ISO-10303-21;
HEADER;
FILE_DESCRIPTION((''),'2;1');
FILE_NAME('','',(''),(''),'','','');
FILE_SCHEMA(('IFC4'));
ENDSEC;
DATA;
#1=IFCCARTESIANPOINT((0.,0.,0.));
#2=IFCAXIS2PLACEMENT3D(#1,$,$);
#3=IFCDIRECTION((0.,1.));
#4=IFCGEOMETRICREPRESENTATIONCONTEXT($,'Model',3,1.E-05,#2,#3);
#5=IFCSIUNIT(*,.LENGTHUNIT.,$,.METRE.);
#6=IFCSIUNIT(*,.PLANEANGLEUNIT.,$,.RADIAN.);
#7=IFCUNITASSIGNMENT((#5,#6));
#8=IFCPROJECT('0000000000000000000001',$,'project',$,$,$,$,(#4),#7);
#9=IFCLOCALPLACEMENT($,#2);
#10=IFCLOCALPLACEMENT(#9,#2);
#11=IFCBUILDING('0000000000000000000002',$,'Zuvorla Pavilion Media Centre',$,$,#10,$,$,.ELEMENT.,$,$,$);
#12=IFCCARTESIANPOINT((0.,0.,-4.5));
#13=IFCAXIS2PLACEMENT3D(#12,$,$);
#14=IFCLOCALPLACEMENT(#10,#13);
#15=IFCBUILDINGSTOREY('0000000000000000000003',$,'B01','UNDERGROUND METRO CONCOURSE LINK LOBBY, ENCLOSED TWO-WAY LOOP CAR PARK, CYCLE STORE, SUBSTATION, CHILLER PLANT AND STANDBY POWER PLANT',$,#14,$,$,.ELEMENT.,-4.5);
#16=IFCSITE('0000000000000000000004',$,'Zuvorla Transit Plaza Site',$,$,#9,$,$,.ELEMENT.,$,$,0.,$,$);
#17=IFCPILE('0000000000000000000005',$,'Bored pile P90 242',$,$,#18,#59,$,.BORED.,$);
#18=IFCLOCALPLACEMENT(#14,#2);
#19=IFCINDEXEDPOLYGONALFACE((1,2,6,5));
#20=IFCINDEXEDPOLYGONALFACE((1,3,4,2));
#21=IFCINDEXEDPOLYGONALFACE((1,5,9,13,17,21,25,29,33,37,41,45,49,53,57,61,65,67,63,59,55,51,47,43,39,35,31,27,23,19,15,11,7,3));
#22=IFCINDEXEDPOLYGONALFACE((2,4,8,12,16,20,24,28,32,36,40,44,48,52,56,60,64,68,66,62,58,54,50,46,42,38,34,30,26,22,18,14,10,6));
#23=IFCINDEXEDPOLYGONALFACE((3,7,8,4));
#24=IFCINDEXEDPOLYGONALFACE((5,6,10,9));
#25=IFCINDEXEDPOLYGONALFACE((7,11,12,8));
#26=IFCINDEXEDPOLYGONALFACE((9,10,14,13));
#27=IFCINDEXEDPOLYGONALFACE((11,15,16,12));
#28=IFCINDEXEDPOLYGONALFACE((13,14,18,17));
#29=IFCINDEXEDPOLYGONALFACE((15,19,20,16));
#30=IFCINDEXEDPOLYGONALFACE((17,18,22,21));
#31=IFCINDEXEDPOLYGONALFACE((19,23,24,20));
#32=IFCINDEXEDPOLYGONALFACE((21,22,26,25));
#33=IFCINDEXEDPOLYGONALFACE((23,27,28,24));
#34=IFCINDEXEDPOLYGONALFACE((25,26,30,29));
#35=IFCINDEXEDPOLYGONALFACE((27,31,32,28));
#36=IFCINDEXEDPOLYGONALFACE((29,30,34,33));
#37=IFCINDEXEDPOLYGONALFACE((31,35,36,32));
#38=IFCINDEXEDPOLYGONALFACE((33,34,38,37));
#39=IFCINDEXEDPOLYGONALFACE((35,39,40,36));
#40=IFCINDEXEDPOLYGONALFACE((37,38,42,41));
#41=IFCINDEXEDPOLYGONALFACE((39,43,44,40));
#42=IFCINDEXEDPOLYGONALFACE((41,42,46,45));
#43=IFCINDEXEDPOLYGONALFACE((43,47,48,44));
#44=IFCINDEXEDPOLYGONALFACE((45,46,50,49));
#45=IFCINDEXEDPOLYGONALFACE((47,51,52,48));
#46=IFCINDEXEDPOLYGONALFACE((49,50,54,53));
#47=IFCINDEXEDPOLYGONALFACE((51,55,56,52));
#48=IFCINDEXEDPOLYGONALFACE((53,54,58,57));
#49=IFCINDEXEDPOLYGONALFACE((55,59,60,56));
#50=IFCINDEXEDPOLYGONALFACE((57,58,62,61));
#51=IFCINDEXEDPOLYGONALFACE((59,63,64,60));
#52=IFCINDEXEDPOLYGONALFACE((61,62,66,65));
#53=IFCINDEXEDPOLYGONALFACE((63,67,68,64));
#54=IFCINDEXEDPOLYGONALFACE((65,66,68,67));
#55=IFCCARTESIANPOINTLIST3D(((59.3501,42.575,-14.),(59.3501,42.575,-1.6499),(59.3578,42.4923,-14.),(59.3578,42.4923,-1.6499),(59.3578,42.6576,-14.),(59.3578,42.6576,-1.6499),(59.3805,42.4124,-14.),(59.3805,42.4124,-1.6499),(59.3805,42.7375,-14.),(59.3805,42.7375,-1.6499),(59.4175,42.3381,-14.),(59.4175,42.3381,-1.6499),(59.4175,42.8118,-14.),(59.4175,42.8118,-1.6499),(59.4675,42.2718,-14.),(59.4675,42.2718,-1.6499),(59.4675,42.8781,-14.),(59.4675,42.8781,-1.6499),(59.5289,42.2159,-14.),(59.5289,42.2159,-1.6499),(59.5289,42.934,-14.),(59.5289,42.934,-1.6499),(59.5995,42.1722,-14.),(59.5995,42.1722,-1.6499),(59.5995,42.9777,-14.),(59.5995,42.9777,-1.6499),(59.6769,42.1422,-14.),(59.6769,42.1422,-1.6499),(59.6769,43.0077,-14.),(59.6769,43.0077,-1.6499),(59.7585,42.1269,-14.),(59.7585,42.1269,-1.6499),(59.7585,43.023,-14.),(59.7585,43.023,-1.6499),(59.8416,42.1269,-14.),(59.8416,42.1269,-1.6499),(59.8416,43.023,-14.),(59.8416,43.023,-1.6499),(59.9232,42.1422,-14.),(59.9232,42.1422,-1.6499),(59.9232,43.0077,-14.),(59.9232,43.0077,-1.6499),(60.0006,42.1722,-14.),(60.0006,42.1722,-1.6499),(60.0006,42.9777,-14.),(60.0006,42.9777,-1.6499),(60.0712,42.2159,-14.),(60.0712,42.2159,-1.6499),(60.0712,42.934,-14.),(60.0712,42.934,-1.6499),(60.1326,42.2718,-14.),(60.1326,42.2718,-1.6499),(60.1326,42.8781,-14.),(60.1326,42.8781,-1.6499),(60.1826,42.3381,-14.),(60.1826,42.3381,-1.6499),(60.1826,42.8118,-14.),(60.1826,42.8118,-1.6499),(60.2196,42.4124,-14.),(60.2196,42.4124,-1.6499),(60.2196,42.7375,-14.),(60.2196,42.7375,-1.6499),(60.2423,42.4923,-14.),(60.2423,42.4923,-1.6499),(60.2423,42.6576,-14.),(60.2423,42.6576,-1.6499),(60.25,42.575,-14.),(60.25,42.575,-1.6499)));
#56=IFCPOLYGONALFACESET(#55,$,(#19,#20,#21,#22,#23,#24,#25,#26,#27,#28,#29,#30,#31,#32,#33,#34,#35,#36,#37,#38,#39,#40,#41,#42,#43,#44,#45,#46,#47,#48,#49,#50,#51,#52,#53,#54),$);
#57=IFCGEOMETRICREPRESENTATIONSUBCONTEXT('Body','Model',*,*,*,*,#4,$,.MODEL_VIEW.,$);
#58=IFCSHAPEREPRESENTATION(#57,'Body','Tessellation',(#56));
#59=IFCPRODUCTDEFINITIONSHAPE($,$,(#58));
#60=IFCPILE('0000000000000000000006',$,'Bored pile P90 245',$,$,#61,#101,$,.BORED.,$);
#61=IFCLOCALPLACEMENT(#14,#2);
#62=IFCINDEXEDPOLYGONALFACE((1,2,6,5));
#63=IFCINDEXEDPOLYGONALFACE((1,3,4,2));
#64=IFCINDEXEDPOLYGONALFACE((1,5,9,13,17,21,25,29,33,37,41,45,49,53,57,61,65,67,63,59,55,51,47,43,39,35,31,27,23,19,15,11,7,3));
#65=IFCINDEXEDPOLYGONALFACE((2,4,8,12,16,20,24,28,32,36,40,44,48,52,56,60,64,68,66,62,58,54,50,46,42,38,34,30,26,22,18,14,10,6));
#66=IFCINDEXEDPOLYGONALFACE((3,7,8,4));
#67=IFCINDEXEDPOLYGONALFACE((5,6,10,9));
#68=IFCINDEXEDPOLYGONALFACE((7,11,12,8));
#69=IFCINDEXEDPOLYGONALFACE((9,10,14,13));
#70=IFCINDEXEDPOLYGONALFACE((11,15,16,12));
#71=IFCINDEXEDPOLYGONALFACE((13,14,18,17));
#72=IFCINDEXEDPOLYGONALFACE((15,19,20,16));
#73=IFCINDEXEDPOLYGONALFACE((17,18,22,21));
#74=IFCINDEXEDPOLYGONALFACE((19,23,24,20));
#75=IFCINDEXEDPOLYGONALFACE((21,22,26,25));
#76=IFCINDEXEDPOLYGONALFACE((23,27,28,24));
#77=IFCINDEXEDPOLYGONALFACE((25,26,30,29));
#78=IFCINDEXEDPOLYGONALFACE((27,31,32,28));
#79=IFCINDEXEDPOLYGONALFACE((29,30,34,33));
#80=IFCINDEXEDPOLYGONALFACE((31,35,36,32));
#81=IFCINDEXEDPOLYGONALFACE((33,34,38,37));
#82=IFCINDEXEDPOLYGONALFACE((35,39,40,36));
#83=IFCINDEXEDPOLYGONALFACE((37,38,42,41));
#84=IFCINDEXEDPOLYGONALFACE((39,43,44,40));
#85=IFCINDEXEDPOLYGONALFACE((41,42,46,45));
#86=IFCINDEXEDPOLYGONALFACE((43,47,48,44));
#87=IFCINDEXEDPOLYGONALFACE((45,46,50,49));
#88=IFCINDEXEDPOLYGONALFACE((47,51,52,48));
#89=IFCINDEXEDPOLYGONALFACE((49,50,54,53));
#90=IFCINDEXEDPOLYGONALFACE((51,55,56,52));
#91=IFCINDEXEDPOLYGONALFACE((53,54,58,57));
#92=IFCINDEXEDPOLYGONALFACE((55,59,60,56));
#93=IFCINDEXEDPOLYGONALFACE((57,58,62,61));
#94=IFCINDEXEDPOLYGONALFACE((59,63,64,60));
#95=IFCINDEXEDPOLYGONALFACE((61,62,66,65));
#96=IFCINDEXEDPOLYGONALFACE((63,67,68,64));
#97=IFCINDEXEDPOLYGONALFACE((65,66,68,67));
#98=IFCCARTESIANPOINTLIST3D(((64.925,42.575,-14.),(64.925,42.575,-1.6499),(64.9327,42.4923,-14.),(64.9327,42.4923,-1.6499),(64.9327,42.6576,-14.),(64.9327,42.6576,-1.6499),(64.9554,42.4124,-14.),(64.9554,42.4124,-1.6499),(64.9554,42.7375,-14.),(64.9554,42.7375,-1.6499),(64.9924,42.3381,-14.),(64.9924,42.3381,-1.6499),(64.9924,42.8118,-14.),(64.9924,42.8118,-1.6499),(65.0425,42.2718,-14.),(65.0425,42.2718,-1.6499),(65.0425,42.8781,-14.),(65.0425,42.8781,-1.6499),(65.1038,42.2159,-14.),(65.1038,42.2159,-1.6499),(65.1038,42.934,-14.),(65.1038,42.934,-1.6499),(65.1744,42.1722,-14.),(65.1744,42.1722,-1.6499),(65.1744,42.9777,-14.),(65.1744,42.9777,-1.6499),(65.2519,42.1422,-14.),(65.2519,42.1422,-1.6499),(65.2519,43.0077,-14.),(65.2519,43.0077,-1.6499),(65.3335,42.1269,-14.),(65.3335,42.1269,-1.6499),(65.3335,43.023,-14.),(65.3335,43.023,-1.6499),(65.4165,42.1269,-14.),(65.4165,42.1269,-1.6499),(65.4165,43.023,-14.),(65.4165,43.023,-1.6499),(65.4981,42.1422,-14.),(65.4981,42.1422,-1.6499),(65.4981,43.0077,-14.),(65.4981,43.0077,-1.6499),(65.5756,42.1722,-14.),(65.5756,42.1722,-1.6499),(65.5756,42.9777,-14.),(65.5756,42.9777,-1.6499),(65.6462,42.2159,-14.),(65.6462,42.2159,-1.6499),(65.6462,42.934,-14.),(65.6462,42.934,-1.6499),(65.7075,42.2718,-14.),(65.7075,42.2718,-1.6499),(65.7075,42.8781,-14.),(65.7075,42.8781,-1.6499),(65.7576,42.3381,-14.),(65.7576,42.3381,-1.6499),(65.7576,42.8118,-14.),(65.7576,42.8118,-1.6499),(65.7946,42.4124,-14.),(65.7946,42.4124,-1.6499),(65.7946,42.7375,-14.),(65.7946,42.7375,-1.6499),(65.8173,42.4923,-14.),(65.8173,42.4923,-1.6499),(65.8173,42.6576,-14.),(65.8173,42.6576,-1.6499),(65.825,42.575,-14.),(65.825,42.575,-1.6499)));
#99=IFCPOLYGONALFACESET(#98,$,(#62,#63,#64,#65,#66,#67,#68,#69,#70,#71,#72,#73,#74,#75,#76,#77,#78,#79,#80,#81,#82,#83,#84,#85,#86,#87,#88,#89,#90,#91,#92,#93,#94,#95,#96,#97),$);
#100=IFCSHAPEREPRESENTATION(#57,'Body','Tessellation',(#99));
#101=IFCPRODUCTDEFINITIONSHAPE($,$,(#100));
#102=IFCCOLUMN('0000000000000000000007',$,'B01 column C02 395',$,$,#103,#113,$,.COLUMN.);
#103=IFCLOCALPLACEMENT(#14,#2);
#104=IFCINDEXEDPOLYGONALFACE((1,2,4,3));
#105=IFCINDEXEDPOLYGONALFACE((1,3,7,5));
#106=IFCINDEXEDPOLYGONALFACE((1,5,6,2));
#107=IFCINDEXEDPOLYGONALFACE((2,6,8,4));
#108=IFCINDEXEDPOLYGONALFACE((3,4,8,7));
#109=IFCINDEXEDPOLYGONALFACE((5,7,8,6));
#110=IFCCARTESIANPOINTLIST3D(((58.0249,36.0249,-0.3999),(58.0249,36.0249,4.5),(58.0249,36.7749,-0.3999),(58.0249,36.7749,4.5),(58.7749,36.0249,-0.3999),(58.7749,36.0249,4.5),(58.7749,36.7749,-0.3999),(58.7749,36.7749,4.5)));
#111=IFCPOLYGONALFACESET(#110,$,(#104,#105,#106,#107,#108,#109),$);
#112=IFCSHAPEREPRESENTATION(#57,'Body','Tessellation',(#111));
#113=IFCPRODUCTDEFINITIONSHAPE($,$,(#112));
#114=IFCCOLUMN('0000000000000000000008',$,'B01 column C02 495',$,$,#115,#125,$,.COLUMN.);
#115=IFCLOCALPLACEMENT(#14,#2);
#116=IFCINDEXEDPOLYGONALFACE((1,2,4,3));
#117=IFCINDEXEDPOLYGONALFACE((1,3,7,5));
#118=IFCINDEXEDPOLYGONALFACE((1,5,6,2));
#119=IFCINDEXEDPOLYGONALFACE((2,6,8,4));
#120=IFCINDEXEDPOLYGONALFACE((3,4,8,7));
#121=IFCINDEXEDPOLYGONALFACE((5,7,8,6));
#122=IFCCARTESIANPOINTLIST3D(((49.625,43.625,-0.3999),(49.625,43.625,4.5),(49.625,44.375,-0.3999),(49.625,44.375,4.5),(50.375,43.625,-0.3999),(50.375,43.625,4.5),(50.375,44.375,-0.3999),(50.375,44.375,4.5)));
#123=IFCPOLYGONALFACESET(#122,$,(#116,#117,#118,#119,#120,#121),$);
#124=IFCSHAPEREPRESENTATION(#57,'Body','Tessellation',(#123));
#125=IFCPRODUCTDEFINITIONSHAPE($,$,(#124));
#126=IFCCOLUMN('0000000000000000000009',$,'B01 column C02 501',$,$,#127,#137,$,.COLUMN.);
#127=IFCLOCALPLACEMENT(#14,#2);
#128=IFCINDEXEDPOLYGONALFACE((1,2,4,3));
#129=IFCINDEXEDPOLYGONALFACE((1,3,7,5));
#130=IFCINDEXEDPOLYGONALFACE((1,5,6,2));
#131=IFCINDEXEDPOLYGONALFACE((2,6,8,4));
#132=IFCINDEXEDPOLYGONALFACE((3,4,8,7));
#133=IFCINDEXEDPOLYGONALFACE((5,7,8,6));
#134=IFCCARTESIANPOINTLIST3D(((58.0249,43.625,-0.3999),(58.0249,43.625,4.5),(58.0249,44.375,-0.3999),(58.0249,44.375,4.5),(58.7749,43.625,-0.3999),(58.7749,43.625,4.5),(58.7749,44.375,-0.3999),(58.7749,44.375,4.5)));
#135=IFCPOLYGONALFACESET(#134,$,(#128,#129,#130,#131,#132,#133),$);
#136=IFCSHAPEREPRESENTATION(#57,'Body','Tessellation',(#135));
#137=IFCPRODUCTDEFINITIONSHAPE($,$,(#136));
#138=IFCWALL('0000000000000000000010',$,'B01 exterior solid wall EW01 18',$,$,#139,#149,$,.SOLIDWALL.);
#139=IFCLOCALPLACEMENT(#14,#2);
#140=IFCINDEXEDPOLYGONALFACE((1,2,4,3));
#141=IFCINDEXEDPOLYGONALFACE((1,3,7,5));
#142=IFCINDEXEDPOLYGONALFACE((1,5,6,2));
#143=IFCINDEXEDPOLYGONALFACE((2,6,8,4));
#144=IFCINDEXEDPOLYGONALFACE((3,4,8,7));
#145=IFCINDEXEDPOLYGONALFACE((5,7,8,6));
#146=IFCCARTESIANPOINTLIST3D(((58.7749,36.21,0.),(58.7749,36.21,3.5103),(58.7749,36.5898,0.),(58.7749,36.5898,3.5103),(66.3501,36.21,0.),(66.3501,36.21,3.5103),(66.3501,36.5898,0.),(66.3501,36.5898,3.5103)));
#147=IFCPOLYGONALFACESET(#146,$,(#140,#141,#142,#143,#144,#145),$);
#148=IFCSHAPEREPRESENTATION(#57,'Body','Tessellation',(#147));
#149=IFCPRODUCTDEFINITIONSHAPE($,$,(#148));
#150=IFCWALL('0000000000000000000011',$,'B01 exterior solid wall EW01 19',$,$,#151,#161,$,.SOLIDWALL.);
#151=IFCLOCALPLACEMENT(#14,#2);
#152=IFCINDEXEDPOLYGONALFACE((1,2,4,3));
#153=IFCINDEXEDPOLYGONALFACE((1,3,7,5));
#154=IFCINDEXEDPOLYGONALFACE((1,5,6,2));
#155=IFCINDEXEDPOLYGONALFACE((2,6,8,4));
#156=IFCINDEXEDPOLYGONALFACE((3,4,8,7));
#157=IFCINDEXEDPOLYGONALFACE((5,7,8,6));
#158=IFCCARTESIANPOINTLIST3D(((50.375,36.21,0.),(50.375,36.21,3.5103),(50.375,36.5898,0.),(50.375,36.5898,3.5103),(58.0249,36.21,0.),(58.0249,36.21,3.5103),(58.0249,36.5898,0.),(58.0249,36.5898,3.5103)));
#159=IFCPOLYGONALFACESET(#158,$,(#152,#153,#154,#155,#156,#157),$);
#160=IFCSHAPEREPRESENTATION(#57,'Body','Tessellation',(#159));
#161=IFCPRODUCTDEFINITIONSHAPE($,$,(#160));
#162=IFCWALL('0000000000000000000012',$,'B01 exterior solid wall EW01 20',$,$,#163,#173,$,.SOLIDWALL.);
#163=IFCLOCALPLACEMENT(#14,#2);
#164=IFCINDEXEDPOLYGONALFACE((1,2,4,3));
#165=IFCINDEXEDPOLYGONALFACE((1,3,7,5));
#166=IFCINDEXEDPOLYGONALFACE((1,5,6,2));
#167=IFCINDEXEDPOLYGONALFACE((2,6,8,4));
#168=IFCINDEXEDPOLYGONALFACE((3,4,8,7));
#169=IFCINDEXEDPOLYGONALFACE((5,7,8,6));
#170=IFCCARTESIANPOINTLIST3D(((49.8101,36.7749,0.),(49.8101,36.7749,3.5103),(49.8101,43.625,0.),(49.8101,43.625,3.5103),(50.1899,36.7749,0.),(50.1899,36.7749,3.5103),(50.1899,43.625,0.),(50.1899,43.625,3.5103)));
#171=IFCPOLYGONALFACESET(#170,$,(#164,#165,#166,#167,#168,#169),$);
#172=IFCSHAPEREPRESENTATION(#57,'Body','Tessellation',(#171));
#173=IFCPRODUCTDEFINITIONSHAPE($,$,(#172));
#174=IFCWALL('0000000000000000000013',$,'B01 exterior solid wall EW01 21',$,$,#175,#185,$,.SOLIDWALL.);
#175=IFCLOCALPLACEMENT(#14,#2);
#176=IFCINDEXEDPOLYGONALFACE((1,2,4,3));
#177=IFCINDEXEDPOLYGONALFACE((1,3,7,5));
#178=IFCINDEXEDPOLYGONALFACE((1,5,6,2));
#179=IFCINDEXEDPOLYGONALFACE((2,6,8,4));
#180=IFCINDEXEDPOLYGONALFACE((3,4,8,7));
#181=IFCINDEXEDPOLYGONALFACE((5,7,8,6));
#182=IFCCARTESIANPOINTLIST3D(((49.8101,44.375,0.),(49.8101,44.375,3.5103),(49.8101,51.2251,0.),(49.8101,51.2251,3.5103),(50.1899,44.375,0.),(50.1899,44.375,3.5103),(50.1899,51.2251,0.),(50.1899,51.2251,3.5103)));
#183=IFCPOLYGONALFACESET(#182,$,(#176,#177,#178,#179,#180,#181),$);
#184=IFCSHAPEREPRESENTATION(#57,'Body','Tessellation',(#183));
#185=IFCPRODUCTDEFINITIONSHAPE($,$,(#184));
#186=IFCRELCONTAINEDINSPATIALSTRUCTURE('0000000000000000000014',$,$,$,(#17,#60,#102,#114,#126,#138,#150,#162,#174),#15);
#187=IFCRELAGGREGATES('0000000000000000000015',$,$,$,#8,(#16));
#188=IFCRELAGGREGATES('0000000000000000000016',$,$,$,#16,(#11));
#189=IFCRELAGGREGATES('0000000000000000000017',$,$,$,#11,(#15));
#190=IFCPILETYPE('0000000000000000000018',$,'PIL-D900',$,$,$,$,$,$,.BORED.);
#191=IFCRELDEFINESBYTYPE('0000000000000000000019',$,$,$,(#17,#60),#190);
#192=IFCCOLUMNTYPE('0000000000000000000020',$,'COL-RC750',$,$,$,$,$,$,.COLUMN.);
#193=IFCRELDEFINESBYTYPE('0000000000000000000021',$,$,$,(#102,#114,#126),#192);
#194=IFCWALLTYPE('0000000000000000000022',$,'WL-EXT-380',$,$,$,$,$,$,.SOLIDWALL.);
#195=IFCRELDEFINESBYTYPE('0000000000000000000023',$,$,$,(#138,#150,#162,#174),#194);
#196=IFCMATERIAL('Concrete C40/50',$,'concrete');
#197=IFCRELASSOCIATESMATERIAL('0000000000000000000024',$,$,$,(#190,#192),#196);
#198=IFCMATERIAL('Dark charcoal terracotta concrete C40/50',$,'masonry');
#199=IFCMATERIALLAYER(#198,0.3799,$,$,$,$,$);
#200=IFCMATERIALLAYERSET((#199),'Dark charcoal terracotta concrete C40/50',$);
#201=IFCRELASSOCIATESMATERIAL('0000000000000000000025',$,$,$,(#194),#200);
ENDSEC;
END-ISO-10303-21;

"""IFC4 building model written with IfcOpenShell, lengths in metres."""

from ifc_helpers import new_model, si_unit, direction, frame, frame_2d, origin, origin_2d, place, context, subcontext, project, spatial, rectangle, circle, extrude, material, layer, layer_set, material_profile, profile_set, type_object, element, save


model = new_model("IFC4")

# Units and contexts
model_context = context("Model", 3, precision=1e-05, world=origin(), true_north=direction((0.0, 1.0)))
body_context = subcontext(model_context, "Body", "Model", "MODEL_VIEW")
ifc_project = project(units=[si_unit("LENGTHUNIT", "METRE"), si_unit("PLANEANGLEUNIT", "RADIAN")], contexts=[model_context])

# Site, building, storey
site_placement = place(None, origin())
site = spatial("IfcSite", under=ifc_project, at=site_placement, Name="Zuvorla Transit Plaza Site", CompositionType="ELEMENT", RefElevation=0.0)
building_placement = place(site_placement, origin())
building = spatial("IfcBuilding", under=site, at=building_placement, Name="Zuvorla Pavilion Media Centre", CompositionType="ELEMENT")
storey_placement = place(building_placement, frame((0.0, 0.0, -4.5)))
storey = spatial("IfcBuildingStorey", under=building, at=storey_placement, Name="B01", Description="UNDERGROUND METRO CONCOURSE LINK LOBBY, ENCLOSED TWO-WAY LOOP CAR PARK, CYCLE STORE, SUBSTATION, CHILLER PLANT AND STANDBY POWER PLANT", CompositionType="ELEMENT", Elevation=-4.5)

# Shared definitions
ifc_material_1 = material(Name="Concrete C40/50", Category="concrete")

# Piles
ifc_material_profile_1 = material_profile(ifc_material_1, circle(Radius=0.45, at=origin_2d()), Name="BORED PILE 900")
ifc_profile_set_1 = profile_set([ifc_material_profile_1], Name="Concrete C40/50")
pile_type = type_object("IfcPileType", Name="PIL-D900", PredefinedType="BORED", material=ifc_profile_set_1)
for number, where, z_axis, x_axis, name in (
    (1, (59.8, 42.575, -1.6499), (0.0, 0.0, -1.0), (1.0, 0.0, 0.0), "Bored pile P90 242"),
    (2, (65.375, 42.575, -1.6499), (0.0, 0.0, -1.0), (1.0, 0.0, 0.0), "Bored pile P90 245"),
):
    element("IfcPile", number, at=place(storey_placement, frame(where, z_axis=z_axis, x_axis=x_axis)), inside=storey, type_object=pile_type, Name=name, PredefinedType="BORED", context=body_context, shape_type="SweptSolid", body=[
        extrude(circle(Radius=0.45, at=origin_2d()), origin(), (0.0, 0.0, 1.0), 12.3501),
    ])

# Columns
ifc_material_profile_2 = material_profile(ifc_material_1, rectangle(XDim=0.75, YDim=0.75, at=origin_2d()), Name="RC 750x750")
ifc_profile_set_2 = profile_set([ifc_material_profile_2], Name="Concrete C40/50")
column_type = type_object("IfcColumnType", Name="COL-RC750", PredefinedType="COLUMN", material=ifc_profile_set_2)
for number, where, z_axis, x_axis, name in (
    (3, (58.3999, 36.3999, -0.3999), (0.0, 0.0, 1.0), (1.0, 0.0, 0.0), "B01 column C02 395"),
    (4, (50.0, 44.0, -0.3999), (0.0, 0.0, 1.0), (1.0, 0.0, 0.0), "B01 column C02 495"),
    (5, (58.3999, 44.0, -0.3999), (0.0, 0.0, 1.0), (1.0, 0.0, 0.0), "B01 column C02 501"),
):
    element("IfcColumn", number, at=place(storey_placement, frame(where, z_axis=z_axis, x_axis=x_axis)), inside=storey, type_object=column_type, Name=name, PredefinedType="COLUMN", context=body_context, shape_type="SweptSolid", body=[
        extrude(rectangle(XDim=0.75, YDim=0.75, at=origin_2d()), origin(), (0.0, 0.0, 1.0), 4.8999),
    ])

# Walls
ifc_material_2 = material(Name="Dark charcoal terracotta concrete C40/50", Category="masonry")
ifc_layer = layer(ifc_material_2, 0.3799)
ifc_layer_set = layer_set([ifc_layer], Name="Dark charcoal terracotta concrete C40/50")
wall_type = type_object("IfcWallType", Name="WL-EXT-380", PredefinedType="SOLIDWALL", material=ifc_layer_set)
wall_1_placement = place(storey_placement, frame((66.3501, 36.3999, 0.0), z_axis=(0.0, 0.0, 1.0), x_axis=(-1.0, 0.0, 0.0)))
element("IfcWall", 6, at=wall_1_placement, inside=storey, type_object=wall_type, Name="B01 exterior solid wall EW01 18", PredefinedType="SOLIDWALL", context=body_context, shape_type="SweptSolid", body=[
    extrude(rectangle(XDim=7.5752, YDim=0.3799, at=frame_2d((3.7876, 0.0))), origin(), (0.0, 0.0, 1.0), 3.5103),
])
wall_2_placement = place(storey_placement, frame((58.0249, 36.3999, 0.0), z_axis=(0.0, 0.0, 1.0), x_axis=(-1.0, 0.0, 0.0)))
element("IfcWall", 7, at=wall_2_placement, inside=storey, type_object=wall_type, Name="B01 exterior solid wall EW01 19", PredefinedType="SOLIDWALL", context=body_context, shape_type="SweptSolid", body=[
    extrude(rectangle(XDim=7.6499, YDim=0.3799, at=frame_2d((3.825, 0.0))), origin(), (0.0, 0.0, 1.0), 3.5103),
])
for number, where, z_axis, x_axis, name in (
    (8, (50.0, 36.7749, 0.0), (0.0, 0.0, 1.0), (0.0, 1.0, 0.0), "B01 exterior solid wall EW01 20"),
    (9, (50.0, 44.375, 0.0), (0.0, 0.0, 1.0), (0.0, 1.0, 0.0), "B01 exterior solid wall EW01 21"),
):
    element("IfcWall", number, at=place(storey_placement, frame(where, z_axis=z_axis, x_axis=x_axis)), inside=storey, type_object=wall_type, Name=name, PredefinedType="SOLIDWALL", context=body_context, shape_type="SweptSolid", body=[
        extrude(rectangle(XDim=6.8501, YDim=0.3799, at=frame_2d((3.425, 0.0))), origin(), (0.0, 0.0, 1.0), 3.5103),
    ])

save(model, "model.ifc")
